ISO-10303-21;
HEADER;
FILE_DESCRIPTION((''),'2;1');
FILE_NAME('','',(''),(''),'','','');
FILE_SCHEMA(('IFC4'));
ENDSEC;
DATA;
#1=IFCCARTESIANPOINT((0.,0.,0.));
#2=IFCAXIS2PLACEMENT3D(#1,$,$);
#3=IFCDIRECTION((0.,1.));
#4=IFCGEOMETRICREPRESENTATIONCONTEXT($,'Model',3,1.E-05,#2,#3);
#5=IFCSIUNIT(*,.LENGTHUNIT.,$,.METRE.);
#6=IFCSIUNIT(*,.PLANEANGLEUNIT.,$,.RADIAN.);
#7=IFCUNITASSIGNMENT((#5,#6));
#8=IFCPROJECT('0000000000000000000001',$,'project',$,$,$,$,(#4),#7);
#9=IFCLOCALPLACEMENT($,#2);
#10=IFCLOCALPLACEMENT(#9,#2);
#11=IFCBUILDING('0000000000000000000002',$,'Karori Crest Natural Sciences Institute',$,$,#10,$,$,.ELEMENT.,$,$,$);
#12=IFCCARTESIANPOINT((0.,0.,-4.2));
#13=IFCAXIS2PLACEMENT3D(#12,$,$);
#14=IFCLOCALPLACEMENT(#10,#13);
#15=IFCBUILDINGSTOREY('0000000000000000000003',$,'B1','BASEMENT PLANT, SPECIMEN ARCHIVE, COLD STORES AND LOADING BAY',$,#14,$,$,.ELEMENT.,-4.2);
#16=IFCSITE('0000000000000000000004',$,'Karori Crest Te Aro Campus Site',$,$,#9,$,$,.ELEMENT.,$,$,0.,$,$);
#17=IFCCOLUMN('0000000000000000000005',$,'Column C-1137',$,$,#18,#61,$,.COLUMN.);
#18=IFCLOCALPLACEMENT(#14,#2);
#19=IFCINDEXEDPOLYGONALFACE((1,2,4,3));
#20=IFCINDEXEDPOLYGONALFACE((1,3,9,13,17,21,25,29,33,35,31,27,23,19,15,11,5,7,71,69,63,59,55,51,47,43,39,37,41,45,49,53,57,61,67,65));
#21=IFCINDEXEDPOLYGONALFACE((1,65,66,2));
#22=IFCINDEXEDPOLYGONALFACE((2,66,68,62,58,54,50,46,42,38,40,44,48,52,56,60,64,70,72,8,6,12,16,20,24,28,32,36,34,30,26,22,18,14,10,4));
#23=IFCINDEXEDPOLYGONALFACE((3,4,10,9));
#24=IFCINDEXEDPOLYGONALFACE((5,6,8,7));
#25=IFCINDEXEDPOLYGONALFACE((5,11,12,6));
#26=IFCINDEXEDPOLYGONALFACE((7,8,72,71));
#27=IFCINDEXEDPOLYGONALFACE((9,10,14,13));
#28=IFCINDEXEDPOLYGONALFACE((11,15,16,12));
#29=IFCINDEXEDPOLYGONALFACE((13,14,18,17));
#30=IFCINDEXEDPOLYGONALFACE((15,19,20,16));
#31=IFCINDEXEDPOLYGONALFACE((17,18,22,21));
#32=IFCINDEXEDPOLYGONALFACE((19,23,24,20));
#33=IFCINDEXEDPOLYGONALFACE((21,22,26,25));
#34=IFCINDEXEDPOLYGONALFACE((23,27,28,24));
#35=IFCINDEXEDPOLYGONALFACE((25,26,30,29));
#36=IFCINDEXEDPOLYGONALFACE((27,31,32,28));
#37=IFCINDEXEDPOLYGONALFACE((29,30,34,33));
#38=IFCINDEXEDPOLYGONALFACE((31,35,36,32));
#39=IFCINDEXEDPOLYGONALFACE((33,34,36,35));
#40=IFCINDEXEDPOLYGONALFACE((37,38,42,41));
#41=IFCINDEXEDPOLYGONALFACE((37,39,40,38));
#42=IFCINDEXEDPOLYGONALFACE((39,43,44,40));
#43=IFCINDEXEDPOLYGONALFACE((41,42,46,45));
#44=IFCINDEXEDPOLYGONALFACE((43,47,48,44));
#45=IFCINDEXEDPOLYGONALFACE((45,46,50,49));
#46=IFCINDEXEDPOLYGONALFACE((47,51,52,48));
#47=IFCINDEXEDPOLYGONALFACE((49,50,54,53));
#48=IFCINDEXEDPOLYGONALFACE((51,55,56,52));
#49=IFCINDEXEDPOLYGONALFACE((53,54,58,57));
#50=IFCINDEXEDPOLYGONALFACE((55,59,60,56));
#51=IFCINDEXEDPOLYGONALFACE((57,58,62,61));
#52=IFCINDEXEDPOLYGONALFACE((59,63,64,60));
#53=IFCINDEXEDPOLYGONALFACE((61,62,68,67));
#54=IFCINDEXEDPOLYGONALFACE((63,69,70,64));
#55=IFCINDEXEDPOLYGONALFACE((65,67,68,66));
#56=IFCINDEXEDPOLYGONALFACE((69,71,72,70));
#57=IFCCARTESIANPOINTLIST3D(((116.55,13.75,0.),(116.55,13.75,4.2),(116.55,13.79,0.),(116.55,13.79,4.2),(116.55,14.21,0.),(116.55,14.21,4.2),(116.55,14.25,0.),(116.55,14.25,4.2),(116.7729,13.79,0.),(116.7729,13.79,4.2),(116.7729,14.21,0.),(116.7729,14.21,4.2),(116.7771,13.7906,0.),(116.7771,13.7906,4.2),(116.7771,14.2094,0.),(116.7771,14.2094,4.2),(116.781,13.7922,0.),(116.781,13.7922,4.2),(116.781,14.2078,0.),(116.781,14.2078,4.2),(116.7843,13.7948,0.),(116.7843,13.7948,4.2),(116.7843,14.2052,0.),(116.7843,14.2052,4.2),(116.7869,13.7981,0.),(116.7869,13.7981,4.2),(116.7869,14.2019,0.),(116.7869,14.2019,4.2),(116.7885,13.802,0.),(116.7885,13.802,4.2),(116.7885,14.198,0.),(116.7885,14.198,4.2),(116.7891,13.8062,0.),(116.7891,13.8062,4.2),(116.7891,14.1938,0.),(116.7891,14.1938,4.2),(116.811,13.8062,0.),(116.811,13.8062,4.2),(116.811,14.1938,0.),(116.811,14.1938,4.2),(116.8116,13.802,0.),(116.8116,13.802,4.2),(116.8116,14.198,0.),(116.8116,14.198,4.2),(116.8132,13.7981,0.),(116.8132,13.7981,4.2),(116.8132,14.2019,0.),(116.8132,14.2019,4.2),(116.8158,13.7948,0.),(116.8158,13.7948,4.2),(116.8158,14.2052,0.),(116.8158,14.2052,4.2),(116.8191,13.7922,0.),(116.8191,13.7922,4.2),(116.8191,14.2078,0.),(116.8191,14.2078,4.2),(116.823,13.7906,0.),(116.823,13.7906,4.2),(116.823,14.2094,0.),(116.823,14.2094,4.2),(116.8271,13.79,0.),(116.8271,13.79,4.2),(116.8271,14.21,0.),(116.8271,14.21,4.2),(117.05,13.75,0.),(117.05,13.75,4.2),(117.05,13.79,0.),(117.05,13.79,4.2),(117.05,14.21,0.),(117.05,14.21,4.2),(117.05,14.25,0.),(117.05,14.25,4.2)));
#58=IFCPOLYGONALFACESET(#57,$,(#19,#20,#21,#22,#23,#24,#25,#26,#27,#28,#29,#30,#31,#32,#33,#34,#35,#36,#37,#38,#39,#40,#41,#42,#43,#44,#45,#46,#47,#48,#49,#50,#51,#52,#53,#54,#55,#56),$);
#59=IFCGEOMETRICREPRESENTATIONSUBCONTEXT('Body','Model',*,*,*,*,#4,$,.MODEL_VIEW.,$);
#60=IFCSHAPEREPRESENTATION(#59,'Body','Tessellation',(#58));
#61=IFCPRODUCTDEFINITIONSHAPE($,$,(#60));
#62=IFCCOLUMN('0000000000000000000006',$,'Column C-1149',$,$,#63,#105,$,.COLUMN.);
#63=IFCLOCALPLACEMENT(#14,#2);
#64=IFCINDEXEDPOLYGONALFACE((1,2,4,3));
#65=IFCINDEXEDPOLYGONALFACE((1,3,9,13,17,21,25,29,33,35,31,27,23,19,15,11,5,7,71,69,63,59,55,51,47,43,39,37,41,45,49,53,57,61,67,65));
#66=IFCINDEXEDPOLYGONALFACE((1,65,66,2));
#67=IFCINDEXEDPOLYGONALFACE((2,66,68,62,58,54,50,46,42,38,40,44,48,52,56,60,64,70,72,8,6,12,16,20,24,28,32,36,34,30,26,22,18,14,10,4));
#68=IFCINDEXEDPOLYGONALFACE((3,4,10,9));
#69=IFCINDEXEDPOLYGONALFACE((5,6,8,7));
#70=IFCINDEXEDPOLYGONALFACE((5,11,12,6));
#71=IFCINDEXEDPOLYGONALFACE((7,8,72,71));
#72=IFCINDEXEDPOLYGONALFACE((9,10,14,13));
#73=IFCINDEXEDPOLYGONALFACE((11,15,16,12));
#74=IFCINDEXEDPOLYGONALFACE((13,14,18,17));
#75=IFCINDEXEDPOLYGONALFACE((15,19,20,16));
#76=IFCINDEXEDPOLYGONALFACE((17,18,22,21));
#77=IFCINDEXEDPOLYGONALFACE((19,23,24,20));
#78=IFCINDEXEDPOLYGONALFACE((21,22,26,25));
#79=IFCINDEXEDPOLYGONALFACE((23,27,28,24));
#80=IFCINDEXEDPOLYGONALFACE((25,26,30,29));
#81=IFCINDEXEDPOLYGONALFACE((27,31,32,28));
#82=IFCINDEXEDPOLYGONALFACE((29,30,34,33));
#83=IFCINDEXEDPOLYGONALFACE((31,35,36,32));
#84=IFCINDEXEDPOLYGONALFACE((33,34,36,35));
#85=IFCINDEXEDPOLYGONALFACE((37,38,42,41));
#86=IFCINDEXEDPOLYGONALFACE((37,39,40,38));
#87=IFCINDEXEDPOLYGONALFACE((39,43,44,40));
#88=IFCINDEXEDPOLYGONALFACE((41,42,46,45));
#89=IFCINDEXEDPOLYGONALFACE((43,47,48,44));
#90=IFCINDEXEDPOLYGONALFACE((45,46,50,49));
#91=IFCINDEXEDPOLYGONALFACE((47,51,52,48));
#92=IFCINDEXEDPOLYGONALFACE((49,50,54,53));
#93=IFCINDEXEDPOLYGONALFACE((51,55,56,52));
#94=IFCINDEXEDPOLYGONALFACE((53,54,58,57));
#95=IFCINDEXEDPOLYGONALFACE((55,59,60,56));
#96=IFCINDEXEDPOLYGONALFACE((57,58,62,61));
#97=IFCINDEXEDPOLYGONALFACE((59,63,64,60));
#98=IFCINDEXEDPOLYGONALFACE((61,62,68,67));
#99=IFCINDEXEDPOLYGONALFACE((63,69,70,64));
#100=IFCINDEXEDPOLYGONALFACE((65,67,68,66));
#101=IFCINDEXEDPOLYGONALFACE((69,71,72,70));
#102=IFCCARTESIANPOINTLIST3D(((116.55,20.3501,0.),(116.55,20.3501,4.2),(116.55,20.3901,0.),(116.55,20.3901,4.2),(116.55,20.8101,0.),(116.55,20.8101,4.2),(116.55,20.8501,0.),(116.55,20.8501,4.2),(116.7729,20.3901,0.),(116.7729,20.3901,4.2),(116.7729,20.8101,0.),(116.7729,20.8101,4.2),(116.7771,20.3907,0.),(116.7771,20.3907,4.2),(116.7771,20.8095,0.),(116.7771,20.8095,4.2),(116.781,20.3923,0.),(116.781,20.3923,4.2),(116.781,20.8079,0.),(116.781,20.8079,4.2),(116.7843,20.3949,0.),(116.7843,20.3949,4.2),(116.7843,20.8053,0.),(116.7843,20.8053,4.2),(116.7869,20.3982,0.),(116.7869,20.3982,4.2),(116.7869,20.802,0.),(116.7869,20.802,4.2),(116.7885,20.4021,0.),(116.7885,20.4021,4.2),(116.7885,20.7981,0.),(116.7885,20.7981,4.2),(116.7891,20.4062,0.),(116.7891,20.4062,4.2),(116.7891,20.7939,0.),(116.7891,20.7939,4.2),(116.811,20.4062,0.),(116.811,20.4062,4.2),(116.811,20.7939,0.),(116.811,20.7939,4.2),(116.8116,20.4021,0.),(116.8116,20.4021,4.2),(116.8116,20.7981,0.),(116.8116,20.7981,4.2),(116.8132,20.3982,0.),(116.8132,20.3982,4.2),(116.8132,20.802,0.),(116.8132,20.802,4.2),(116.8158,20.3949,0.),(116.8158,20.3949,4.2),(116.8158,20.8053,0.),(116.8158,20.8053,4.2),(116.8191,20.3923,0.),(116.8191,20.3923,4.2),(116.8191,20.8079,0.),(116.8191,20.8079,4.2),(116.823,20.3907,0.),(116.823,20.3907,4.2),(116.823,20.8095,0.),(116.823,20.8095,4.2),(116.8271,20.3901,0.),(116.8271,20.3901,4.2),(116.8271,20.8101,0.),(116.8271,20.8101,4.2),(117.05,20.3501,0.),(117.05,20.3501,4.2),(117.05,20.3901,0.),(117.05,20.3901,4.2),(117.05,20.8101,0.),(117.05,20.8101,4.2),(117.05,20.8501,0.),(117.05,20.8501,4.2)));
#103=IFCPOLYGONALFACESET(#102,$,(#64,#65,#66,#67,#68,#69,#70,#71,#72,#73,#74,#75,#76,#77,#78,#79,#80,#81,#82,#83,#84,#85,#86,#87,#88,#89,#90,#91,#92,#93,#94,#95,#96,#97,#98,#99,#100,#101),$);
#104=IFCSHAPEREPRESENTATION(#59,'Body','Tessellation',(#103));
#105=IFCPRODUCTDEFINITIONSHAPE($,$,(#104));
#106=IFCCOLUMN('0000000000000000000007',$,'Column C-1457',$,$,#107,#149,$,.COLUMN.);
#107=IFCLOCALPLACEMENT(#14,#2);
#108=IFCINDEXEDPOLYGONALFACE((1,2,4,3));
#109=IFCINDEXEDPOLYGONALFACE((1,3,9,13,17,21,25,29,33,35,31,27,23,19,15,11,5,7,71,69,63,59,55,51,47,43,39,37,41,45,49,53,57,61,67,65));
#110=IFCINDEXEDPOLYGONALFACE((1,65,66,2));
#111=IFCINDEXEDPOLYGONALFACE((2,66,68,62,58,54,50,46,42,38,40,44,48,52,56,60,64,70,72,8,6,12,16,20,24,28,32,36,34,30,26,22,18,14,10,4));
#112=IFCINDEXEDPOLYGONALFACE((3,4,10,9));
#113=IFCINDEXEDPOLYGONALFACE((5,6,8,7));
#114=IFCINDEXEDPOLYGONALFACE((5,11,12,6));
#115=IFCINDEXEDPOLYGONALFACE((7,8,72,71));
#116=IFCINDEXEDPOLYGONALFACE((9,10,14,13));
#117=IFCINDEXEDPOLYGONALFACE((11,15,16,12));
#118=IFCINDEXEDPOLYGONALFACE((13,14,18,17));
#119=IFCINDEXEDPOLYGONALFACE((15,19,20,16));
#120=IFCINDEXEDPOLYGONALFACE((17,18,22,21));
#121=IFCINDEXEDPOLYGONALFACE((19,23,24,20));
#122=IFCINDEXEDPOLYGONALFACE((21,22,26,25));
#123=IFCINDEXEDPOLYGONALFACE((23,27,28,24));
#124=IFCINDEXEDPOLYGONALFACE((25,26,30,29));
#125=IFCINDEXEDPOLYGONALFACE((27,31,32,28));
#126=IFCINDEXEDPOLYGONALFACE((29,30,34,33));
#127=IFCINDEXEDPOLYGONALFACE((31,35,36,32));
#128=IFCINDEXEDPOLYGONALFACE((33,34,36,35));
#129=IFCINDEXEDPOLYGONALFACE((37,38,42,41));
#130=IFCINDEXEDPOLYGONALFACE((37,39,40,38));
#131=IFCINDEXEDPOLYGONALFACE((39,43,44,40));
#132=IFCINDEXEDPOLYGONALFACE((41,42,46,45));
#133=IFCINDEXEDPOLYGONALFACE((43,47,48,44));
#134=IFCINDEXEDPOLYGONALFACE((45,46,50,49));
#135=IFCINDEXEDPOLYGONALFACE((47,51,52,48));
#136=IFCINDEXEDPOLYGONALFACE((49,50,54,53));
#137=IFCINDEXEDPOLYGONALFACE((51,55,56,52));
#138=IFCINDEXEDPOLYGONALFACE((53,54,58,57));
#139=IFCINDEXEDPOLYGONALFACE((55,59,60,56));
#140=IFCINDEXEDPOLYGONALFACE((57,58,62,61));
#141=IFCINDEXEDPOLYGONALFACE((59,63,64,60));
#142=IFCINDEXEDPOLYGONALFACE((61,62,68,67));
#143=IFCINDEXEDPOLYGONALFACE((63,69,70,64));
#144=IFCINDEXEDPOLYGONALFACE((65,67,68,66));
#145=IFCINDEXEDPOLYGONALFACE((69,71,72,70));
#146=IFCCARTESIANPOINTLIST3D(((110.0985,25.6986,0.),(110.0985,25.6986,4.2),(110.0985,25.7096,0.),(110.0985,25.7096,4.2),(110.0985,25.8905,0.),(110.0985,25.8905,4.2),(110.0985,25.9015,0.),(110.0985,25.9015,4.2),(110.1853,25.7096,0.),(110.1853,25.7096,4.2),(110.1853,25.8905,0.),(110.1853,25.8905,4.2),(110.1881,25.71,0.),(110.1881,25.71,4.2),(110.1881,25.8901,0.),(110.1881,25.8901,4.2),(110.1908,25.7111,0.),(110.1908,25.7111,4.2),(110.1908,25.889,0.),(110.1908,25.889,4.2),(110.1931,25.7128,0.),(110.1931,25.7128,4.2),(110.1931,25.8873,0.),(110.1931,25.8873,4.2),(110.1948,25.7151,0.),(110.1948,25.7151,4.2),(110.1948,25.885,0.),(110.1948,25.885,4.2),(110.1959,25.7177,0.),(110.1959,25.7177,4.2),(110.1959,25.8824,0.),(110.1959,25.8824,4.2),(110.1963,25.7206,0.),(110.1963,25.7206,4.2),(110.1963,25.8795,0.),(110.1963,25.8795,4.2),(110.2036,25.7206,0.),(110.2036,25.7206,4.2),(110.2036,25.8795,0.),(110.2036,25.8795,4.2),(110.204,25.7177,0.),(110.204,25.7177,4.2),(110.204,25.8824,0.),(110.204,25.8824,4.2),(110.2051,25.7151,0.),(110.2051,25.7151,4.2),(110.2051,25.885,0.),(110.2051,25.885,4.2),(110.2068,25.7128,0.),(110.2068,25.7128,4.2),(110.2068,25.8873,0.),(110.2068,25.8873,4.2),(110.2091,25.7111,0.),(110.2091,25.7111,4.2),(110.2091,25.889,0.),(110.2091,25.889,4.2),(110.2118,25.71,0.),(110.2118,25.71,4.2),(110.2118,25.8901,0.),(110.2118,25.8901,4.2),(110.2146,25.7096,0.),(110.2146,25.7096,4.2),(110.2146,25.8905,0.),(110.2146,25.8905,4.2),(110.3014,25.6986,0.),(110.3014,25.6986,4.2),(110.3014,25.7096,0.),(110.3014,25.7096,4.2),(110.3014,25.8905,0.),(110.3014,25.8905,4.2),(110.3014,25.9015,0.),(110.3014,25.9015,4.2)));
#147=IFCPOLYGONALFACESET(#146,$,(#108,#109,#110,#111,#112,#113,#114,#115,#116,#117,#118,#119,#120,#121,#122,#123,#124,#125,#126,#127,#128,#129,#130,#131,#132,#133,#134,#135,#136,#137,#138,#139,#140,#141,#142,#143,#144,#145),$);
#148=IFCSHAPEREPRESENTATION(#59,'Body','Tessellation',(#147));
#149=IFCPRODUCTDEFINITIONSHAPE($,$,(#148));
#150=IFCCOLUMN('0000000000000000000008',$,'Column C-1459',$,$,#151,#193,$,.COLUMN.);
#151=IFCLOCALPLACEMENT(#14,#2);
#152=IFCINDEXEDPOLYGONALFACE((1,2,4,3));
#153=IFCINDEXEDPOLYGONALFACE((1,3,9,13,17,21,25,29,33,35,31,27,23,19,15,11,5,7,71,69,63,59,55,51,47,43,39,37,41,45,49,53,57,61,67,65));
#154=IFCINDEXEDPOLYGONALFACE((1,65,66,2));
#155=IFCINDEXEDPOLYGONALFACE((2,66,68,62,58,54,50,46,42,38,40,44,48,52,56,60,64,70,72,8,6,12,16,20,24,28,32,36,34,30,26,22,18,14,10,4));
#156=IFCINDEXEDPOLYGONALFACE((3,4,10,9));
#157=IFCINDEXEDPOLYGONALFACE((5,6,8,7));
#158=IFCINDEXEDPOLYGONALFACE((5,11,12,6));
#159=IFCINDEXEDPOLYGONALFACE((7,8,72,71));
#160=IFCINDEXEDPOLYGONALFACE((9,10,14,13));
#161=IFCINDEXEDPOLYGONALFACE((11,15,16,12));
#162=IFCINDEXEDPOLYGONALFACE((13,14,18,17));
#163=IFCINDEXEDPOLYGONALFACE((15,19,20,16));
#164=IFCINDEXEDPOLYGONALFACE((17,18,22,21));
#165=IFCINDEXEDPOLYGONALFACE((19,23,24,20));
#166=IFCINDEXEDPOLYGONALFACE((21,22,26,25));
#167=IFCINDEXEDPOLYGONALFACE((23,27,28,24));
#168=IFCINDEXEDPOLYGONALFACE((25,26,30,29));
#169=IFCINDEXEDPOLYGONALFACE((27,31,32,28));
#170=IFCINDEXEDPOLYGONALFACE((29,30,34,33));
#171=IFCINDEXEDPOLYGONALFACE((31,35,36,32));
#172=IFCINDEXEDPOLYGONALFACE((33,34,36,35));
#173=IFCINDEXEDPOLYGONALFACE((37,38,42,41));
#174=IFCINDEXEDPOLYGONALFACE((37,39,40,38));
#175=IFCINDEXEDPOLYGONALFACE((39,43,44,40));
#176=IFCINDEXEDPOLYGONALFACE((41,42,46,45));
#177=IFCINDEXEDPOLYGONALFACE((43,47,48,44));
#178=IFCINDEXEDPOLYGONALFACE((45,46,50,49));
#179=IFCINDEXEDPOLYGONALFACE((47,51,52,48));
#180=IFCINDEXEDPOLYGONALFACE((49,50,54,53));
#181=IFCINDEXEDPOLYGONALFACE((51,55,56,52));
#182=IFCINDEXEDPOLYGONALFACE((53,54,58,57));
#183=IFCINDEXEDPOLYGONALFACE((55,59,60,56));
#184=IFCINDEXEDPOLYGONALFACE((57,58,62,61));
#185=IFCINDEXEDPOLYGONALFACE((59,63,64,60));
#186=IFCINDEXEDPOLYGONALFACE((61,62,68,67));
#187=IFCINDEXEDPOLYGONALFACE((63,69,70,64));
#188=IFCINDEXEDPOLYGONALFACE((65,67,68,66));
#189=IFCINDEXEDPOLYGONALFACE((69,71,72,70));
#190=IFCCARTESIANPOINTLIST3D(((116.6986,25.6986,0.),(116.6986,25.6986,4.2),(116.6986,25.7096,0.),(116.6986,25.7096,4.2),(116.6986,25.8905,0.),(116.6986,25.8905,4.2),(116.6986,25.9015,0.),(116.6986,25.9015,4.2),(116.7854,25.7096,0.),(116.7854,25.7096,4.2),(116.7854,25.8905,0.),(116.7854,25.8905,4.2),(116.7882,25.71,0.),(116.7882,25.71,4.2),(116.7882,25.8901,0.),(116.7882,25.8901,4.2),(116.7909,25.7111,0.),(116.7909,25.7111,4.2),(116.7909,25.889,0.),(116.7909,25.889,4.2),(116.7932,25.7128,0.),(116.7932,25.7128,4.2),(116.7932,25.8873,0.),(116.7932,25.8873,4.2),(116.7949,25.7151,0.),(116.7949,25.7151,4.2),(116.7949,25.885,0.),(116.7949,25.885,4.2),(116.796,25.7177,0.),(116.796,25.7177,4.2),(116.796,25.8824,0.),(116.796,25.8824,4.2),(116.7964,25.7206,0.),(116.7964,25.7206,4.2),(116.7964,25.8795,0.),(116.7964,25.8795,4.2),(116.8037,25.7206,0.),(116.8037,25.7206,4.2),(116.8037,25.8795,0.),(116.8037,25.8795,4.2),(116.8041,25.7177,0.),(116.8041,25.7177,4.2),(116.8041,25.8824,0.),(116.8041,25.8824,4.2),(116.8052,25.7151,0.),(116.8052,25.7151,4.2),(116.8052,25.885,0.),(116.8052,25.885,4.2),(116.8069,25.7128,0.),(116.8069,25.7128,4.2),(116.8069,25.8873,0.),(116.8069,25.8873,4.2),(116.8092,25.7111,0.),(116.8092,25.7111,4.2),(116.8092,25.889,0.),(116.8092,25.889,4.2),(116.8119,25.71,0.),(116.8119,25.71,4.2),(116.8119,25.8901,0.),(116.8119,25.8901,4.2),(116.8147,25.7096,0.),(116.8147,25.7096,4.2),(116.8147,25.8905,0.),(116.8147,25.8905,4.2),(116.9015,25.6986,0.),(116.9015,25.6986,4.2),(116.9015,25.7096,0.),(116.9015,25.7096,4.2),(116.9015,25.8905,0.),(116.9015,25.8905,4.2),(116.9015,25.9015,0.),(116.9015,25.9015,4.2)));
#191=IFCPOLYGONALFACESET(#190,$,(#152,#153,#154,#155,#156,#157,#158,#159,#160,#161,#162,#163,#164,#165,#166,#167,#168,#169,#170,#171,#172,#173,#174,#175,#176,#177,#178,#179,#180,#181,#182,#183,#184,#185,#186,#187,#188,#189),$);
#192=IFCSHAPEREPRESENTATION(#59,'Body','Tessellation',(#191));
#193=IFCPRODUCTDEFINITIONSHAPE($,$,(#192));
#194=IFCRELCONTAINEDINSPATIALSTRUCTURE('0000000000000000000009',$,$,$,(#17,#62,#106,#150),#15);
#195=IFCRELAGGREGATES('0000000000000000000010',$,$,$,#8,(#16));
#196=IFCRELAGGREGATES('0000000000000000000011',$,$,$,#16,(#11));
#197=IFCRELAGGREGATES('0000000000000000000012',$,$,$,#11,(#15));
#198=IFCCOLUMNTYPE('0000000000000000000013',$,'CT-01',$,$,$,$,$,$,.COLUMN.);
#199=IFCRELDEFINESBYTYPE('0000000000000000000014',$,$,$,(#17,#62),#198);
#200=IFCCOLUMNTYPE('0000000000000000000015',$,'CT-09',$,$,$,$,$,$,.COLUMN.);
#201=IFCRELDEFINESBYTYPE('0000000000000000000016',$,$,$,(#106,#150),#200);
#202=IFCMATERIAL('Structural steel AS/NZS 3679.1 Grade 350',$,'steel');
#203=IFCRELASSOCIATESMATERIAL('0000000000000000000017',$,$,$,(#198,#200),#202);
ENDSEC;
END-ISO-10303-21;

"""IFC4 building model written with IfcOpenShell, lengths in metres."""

from ifc_helpers import new_model, si_unit, direction, frame, origin, origin_2d, place, context, subcontext, project, spatial, i_section, extrude, material, material_profile, profile_set, type_object, element, save


model = new_model("IFC4")

# Units and contexts
model_context = context("Model", 3, precision=1e-05, world=origin(), true_north=direction((0.0, 1.0)))
body_context = subcontext(model_context, "Body", "Model", "MODEL_VIEW")
ifc_project = project(units=[si_unit("LENGTHUNIT", "METRE"), si_unit("PLANEANGLEUNIT", "RADIAN")], contexts=[model_context])

# Site, building, storey
site_placement = place(None, origin())
site = spatial("IfcSite", under=ifc_project, at=site_placement, Name="Karori Crest Te Aro Campus Site", CompositionType="ELEMENT", RefElevation=0.0)
building_placement = place(site_placement, origin())
building = spatial("IfcBuilding", under=site, at=building_placement, Name="Karori Crest Natural Sciences Institute", CompositionType="ELEMENT")
storey_placement = place(building_placement, frame((0.0, 0.0, -4.2)))
storey = spatial("IfcBuildingStorey", under=building, at=storey_placement, Name="B1", Description="BASEMENT PLANT, SPECIMEN ARCHIVE, COLD STORES AND LOADING BAY", CompositionType="ELEMENT", Elevation=-4.2)

# Columns
ifc_material_1 = material(Name="Structural steel AS/NZS 3679.1 Grade 350", Category="steel")
ifc_material_profile_1 = material_profile(ifc_material_1, i_section(OverallWidth=0.5, OverallDepth=0.5, WebThickness=0.022, FlangeThickness=0.04, FilletRadius=0.0161, at=origin_2d()), Name="500WC440")
ifc_profile_set_1 = profile_set([ifc_material_profile_1], Name="Structural steel AS/NZS 3679.1 Grade 350")
column_type_1 = type_object("IfcColumnType", Name="CT-01", PredefinedType="COLUMN", material=ifc_profile_set_1)
for number, where, z_axis, x_axis, name in (
    (1, (116.8, 14.0, 0.0), (0.0, 0.0, 1.0), (1.0, 0.0, 0.0), "Column C-1137"),
    (2, (116.8, 20.6001, 0.0), (0.0, 0.0, 1.0), (1.0, 0.0, 0.0), "Column C-1149"),
):
    element("IfcColumn", number, at=place(storey_placement, frame(where, z_axis=z_axis, x_axis=x_axis)), inside=storey, type_object=column_type_1, Name=name, PredefinedType="COLUMN", context=body_context, shape_type="SweptSolid", body=[
        extrude(i_section(OverallWidth=0.5, OverallDepth=0.5, WebThickness=0.022, FlangeThickness=0.04, FilletRadius=0.0161, at=origin_2d()), origin(), (0.0, 0.0, 1.0), 4.2),
    ])
ifc_material_profile_2 = material_profile(ifc_material_1, i_section(OverallWidth=0.2029, OverallDepth=0.2029, WebThickness=0.0073, FlangeThickness=0.011, FilletRadius=0.011, at=origin_2d()), Name="200UC46.2")
ifc_profile_set_2 = profile_set([ifc_material_profile_2], Name="Structural steel AS/NZS 3679.1 Grade 350")
column_type_2 = type_object("IfcColumnType", Name="CT-09", PredefinedType="COLUMN", material=ifc_profile_set_2)
for number, where, z_axis, x_axis, name in (
    (3, (110.2, 25.8, 0.0), (0.0, 0.0, 1.0), (1.0, 0.0, 0.0), "Column C-1457"),
    (4, (116.8, 25.8, 0.0), (0.0, 0.0, 1.0), (1.0, 0.0, 0.0), "Column C-1459"),
):
    element("IfcColumn", number, at=place(storey_placement, frame(where, z_axis=z_axis, x_axis=x_axis)), inside=storey, type_object=column_type_2, Name=name, PredefinedType="COLUMN", context=body_context, shape_type="SweptSolid", body=[
        extrude(i_section(OverallWidth=0.2029, OverallDepth=0.2029, WebThickness=0.0073, FlangeThickness=0.011, FilletRadius=0.011, at=origin_2d()), origin(), (0.0, 0.0, 1.0), 4.2),
    ])

save(model, "model.ifc")
